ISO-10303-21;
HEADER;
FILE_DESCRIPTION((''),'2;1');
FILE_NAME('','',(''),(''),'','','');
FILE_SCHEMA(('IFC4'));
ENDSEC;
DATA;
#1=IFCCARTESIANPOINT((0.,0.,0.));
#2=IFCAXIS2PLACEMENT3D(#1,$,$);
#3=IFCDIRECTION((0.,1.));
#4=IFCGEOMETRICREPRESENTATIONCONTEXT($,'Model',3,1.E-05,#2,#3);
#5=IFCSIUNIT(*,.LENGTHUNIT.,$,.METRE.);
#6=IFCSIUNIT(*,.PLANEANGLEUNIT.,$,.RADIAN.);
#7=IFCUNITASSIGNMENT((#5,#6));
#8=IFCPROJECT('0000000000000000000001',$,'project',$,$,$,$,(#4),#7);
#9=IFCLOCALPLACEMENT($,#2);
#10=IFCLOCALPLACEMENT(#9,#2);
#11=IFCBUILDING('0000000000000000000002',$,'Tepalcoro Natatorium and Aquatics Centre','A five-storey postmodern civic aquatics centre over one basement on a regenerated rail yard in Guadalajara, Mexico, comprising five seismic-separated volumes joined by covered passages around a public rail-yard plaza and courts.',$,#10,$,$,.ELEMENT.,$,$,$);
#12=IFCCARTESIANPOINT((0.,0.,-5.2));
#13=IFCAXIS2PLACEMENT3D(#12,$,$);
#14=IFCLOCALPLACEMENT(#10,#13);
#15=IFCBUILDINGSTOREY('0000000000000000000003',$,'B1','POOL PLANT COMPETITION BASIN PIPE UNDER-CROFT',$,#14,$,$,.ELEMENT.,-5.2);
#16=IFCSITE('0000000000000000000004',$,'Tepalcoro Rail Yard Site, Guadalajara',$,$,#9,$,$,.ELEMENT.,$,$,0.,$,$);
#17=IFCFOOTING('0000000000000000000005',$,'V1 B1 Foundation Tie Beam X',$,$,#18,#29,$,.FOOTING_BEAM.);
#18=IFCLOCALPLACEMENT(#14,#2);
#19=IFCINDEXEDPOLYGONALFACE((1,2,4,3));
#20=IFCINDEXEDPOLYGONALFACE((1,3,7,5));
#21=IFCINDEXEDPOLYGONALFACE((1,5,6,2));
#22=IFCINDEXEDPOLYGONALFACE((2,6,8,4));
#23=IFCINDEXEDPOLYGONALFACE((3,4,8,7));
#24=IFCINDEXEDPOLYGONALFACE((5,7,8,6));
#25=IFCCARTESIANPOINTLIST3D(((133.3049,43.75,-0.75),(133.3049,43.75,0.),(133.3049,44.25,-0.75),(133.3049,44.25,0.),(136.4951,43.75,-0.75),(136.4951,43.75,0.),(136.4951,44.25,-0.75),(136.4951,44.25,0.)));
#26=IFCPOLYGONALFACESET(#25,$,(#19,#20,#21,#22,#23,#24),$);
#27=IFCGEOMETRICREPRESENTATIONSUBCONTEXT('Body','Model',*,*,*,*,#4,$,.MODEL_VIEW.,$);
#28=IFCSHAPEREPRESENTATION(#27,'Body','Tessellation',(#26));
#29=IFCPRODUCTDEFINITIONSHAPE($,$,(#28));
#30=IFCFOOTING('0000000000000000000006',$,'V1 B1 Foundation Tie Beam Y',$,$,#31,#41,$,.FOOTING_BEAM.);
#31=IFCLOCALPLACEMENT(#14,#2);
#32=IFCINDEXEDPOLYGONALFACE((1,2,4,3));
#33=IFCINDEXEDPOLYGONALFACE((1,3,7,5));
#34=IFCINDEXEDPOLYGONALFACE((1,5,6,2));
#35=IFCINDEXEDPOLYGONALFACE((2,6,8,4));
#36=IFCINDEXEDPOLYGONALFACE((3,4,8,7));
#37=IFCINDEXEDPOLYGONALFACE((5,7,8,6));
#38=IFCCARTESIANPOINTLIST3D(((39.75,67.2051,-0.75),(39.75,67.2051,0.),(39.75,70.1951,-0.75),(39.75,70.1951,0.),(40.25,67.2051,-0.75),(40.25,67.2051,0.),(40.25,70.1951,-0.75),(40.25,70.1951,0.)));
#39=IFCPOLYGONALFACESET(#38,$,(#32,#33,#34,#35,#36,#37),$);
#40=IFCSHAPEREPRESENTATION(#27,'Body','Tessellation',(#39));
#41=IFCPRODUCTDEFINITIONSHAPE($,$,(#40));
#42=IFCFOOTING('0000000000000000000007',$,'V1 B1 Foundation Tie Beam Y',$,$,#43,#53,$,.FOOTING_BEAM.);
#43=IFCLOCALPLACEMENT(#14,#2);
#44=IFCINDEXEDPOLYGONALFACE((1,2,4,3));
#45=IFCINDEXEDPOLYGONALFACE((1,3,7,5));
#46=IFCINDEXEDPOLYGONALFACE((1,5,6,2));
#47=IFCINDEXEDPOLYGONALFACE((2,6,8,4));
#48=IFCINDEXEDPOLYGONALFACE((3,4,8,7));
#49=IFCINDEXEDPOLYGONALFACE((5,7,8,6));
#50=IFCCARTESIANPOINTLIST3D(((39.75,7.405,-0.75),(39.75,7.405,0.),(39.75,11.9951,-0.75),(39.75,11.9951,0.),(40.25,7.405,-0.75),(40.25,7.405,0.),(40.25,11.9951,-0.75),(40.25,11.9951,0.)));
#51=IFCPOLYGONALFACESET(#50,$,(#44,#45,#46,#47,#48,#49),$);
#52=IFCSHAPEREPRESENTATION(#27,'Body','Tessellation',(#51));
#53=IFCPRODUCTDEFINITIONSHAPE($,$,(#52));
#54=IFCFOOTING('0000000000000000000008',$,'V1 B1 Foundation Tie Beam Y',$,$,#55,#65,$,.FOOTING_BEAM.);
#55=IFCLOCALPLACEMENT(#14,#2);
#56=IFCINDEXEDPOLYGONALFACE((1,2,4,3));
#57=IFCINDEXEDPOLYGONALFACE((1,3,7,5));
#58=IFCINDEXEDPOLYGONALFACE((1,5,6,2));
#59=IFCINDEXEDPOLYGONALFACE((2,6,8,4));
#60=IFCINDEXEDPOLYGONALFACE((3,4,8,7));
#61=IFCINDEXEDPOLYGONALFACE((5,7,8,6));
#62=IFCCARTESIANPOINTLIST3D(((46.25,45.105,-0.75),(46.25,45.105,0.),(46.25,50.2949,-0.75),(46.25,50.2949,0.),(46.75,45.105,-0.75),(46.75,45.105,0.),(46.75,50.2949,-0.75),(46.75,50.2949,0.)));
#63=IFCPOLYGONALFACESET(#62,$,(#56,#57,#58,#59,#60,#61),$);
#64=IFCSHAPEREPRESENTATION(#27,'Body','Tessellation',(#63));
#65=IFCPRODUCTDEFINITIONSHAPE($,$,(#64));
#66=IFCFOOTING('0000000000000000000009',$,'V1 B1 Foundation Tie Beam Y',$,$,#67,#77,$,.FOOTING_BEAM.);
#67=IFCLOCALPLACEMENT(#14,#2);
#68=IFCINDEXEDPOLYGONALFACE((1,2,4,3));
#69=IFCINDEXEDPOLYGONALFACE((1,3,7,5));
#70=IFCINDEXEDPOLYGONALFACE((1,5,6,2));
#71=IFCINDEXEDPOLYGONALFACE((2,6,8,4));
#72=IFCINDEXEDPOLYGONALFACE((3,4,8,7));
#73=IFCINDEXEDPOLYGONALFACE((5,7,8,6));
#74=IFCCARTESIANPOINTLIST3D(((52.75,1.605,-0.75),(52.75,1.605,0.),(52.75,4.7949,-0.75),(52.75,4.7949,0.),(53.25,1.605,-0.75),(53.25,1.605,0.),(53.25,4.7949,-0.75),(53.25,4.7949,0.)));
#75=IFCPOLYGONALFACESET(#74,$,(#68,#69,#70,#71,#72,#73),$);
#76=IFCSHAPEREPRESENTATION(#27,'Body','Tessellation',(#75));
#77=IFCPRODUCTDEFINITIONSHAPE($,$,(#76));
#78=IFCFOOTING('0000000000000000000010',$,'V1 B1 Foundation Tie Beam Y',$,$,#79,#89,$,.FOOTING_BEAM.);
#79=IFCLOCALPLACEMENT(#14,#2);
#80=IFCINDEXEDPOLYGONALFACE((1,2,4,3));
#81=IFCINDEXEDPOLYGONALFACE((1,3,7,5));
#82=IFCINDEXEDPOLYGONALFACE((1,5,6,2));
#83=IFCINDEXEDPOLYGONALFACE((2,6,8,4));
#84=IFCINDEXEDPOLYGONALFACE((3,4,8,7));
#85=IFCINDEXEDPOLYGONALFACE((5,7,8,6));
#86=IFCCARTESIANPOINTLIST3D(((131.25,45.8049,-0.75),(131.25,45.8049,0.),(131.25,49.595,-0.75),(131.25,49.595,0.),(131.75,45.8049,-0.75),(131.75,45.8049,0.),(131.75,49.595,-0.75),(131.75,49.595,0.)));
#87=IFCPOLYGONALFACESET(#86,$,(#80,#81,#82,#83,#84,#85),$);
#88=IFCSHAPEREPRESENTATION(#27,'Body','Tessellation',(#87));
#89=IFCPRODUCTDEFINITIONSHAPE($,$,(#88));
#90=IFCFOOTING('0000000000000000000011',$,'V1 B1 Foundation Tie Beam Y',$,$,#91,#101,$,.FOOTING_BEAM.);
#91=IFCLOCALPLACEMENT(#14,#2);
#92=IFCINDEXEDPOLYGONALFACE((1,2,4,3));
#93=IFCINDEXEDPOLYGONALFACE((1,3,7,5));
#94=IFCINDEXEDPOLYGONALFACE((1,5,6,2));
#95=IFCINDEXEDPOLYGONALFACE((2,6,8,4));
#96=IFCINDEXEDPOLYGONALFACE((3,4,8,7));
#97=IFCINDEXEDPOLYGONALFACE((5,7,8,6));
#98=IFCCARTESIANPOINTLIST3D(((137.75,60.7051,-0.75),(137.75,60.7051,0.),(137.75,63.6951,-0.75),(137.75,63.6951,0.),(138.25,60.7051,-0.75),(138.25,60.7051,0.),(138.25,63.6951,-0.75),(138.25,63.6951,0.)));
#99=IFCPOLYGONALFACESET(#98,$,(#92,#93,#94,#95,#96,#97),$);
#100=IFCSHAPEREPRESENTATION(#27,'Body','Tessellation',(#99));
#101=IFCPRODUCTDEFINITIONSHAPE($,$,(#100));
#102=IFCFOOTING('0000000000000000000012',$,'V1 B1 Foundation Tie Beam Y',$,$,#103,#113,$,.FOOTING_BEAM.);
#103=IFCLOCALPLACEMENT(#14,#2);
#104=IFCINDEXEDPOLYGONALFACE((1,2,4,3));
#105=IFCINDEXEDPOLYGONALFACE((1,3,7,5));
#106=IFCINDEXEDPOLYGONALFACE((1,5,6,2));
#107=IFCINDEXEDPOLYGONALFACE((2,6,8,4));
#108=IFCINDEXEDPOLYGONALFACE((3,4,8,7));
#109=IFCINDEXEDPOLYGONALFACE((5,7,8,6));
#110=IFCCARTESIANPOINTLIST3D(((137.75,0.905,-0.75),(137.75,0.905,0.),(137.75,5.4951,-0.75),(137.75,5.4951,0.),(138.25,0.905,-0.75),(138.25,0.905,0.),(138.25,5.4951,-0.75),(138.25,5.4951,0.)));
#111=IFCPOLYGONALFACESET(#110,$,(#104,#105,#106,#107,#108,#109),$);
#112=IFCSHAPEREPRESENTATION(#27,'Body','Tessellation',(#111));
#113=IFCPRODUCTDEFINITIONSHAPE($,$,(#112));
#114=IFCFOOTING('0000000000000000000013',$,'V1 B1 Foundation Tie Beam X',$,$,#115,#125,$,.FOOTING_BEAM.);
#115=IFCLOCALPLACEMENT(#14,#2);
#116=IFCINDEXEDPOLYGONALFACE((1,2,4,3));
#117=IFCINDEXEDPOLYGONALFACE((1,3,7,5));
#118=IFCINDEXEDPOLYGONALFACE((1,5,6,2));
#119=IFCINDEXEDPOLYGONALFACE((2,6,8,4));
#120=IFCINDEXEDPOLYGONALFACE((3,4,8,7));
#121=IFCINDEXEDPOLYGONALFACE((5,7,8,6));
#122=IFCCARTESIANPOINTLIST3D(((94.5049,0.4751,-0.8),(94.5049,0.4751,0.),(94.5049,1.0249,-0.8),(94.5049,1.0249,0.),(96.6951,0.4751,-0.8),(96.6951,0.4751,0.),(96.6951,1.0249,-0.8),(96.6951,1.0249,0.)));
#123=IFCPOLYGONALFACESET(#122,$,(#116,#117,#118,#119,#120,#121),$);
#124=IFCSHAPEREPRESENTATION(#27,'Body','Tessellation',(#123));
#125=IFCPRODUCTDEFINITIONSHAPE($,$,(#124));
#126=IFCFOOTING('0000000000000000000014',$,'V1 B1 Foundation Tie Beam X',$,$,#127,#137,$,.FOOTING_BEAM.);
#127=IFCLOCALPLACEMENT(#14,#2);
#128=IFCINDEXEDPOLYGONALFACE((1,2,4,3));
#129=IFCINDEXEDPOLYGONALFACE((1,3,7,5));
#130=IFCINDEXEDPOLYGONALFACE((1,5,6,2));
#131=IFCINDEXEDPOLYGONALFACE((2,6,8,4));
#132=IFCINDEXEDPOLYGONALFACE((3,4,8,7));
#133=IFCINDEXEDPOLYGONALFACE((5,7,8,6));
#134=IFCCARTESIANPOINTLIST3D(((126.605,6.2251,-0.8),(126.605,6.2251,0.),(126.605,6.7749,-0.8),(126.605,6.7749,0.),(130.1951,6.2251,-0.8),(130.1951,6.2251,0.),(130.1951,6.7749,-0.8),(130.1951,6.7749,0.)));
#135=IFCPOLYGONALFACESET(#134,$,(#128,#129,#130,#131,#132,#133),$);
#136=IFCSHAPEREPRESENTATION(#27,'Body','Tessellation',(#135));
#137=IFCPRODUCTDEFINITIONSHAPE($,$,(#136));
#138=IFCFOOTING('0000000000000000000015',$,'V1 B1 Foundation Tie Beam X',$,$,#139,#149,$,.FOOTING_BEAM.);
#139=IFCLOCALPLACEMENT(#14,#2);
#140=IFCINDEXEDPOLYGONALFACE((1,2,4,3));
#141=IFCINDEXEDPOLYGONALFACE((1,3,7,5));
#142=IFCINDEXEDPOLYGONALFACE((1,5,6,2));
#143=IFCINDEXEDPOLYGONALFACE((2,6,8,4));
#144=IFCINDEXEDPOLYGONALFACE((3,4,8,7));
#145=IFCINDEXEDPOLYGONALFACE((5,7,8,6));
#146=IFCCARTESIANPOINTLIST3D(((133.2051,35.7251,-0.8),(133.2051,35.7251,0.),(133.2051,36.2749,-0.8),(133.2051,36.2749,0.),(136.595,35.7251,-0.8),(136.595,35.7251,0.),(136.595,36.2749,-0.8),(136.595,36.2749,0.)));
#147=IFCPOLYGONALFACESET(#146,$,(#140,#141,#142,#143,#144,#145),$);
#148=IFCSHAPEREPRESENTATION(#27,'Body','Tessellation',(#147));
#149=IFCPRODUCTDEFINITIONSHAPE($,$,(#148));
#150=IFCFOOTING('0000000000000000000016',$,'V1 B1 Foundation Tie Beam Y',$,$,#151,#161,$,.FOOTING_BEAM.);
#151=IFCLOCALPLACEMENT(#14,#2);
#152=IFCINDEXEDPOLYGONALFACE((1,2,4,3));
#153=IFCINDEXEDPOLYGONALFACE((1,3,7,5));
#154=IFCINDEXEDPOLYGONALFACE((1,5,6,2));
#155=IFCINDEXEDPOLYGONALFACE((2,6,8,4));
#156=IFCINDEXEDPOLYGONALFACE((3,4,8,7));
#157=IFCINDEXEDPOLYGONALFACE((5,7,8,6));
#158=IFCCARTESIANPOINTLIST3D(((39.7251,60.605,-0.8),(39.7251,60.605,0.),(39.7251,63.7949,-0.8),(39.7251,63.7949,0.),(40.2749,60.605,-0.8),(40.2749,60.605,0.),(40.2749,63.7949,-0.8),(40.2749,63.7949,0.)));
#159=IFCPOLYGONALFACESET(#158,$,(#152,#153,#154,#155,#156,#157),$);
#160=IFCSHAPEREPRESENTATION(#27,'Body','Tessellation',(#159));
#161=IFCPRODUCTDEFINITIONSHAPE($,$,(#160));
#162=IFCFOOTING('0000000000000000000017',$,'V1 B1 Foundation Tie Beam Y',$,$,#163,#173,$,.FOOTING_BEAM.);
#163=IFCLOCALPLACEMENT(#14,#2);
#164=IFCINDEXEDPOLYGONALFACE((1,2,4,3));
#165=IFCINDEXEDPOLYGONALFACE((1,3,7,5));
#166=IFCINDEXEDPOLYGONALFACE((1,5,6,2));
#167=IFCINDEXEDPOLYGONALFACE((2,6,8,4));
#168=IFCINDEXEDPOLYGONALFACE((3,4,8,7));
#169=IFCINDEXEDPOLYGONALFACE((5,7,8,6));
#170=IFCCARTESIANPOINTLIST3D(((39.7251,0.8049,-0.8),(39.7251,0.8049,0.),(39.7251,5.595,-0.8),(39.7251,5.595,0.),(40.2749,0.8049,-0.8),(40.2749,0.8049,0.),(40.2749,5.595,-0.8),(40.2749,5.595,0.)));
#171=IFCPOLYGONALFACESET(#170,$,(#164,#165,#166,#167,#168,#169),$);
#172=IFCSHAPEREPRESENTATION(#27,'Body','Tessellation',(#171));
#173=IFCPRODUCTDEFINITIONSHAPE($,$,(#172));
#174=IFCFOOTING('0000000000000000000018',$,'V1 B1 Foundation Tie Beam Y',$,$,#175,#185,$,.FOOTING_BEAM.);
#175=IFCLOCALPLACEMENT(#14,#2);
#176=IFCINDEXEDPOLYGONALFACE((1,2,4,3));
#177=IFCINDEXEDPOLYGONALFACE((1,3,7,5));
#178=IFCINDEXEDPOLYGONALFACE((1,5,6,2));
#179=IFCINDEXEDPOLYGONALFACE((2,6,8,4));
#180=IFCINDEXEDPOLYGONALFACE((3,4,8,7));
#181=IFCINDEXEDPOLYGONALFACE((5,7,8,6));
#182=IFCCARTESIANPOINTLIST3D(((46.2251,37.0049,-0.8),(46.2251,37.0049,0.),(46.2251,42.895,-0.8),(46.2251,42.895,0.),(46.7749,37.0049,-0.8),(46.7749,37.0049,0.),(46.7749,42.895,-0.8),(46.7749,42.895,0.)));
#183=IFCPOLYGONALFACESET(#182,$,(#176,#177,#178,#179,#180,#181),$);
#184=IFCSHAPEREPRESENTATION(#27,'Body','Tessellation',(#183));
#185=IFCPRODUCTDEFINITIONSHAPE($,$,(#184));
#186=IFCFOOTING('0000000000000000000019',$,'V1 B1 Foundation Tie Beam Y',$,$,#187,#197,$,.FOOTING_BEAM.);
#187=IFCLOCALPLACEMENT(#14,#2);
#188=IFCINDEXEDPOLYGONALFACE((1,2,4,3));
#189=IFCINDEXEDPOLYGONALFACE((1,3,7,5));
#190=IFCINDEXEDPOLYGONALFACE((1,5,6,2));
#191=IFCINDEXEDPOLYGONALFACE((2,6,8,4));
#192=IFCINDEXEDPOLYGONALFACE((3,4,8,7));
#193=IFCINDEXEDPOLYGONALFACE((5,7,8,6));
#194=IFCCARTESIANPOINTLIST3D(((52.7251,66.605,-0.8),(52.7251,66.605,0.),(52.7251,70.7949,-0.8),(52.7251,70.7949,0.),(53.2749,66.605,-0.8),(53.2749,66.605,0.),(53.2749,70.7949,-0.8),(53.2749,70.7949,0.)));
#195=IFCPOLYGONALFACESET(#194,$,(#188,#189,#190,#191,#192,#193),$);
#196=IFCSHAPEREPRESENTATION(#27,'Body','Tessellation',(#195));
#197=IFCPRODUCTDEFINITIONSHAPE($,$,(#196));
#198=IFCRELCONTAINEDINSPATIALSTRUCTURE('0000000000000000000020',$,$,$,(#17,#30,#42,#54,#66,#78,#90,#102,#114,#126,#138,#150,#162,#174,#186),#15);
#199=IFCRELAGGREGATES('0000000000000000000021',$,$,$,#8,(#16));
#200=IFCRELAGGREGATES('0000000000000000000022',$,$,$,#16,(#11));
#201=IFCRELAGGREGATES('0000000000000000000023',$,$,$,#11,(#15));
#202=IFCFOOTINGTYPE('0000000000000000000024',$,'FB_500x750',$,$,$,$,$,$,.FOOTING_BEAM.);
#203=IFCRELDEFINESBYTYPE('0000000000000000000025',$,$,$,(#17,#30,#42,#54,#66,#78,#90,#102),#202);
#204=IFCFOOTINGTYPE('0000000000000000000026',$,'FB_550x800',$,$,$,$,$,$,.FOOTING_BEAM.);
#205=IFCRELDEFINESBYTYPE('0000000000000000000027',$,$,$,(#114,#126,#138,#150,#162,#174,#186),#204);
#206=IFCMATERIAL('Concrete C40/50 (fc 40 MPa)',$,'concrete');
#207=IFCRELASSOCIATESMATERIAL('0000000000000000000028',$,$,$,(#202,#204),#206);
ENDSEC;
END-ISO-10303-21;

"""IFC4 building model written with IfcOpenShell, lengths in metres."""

from ifc_helpers import new_model, si_unit, direction, frame, origin, place, context, subcontext, project, spatial, polyline, outline, extrude, material, type_object, element, save


model = new_model("IFC4")

# Units and contexts
model_context = context("Model", 3, precision=1e-05, world=origin(), true_north=direction((0.0, 1.0)))
body_context = subcontext(model_context, "Body", "Model", "MODEL_VIEW")
ifc_project = project(units=[si_unit("LENGTHUNIT", "METRE"), si_unit("PLANEANGLEUNIT", "RADIAN")], contexts=[model_context])

# Site, building, storey
site_placement = place(None, origin())
site = spatial("IfcSite", under=ifc_project, at=site_placement, Name="Tepalcoro Rail Yard Site, Guadalajara", CompositionType="ELEMENT", RefElevation=0.0)
building_placement = place(site_placement, origin())
building = spatial("IfcBuilding", under=site, at=building_placement, Name="Tepalcoro Natatorium and Aquatics Centre", Description="A five-storey postmodern civic aquatics centre over one basement on a regenerated rail yard in Guadalajara, Mexico, comprising five seismic-separated volumes joined by covered passages around a public rail-yard plaza and courts.", CompositionType="ELEMENT")
storey_placement = place(building_placement, frame((0.0, 0.0, -5.2)))
storey = spatial("IfcBuildingStorey", under=building, at=storey_placement, Name="B1", Description="POOL PLANT COMPETITION BASIN PIPE UNDER-CROFT", CompositionType="ELEMENT", Elevation=-5.2)

# Footings
ifc_material = material(Name="Concrete C40/50 (fc 40 MPa)", Category="concrete")
footing_type_1 = type_object("IfcFootingType", Name="FB_500x750", PredefinedType="FOOTING_BEAM", material=ifc_material)
footing_1_placement = place(storey_placement, frame((0.0, 0.0, -0.75)))
element("IfcFooting", 1, at=footing_1_placement, inside=storey, type_object=footing_type_1, Name="V1 B1 Foundation Tie Beam X", PredefinedType="FOOTING_BEAM", context=body_context, shape_type="SweptSolid", body=[
    extrude(outline(polyline([(133.3049, 43.75), (136.4951, 43.75), (136.4951, 44.25), (133.3049, 44.25), (133.3049, 43.75)])), origin(), (0.0, 0.0, 1.0), 0.75),
])
footing_2_placement = place(storey_placement, frame((0.0, 0.0, -0.75)))
element("IfcFooting", 2, at=footing_2_placement, inside=storey, type_object=footing_type_1, Name="V1 B1 Foundation Tie Beam Y", PredefinedType="FOOTING_BEAM", context=body_context, shape_type="SweptSolid", body=[
    extrude(outline(polyline([(40.25, 67.2051), (40.25, 70.1951), (39.75, 70.1951), (39.75, 67.2051), (40.25, 67.2051)])), origin(), (0.0, 0.0, 1.0), 0.75),
])
footing_3_placement = place(storey_placement, frame((0.0, 0.0, -0.75)))
element("IfcFooting", 3, at=footing_3_placement, inside=storey, type_object=footing_type_1, Name="V1 B1 Foundation Tie Beam Y", PredefinedType="FOOTING_BEAM", context=body_context, shape_type="SweptSolid", body=[
    extrude(outline(polyline([(40.25, 7.405), (40.25, 11.9951), (39.75, 11.9951), (39.75, 7.405), (40.25, 7.405)])), origin(), (0.0, 0.0, 1.0), 0.75),
])
footing_4_placement = place(storey_placement, frame((0.0, 0.0, -0.75)))
element("IfcFooting", 4, at=footing_4_placement, inside=storey, type_object=footing_type_1, Name="V1 B1 Foundation Tie Beam Y", PredefinedType="FOOTING_BEAM", context=body_context, shape_type="SweptSolid", body=[
    extrude(outline(polyline([(46.75, 45.105), (46.75, 50.2949), (46.25, 50.2949), (46.25, 45.105), (46.75, 45.105)])), origin(), (0.0, 0.0, 1.0), 0.75),
])
footing_5_placement = place(storey_placement, frame((0.0, 0.0, -0.75)))
element("IfcFooting", 5, at=footing_5_placement, inside=storey, type_object=footing_type_1, Name="V1 B1 Foundation Tie Beam Y", PredefinedType="FOOTING_BEAM", context=body_context, shape_type="SweptSolid", body=[
    extrude(outline(polyline([(53.25, 1.605), (53.25, 4.7949), (52.75, 4.7949), (52.75, 1.605), (53.25, 1.605)])), origin(), (0.0, 0.0, 1.0), 0.75),
])
footing_6_placement = place(storey_placement, frame((0.0, 0.0, -0.75)))
element("IfcFooting", 6, at=footing_6_placement, inside=storey, type_object=footing_type_1, Name="V1 B1 Foundation Tie Beam Y", PredefinedType="FOOTING_BEAM", context=body_context, shape_type="SweptSolid", body=[
    extrude(outline(polyline([(131.75, 45.8049), (131.75, 49.595), (131.25, 49.595), (131.25, 45.8049), (131.75, 45.8049)])), origin(), (0.0, 0.0, 1.0), 0.75),
])
footing_7_placement = place(storey_placement, frame((0.0, 0.0, -0.75)))
element("IfcFooting", 7, at=footing_7_placement, inside=storey, type_object=footing_type_1, Name="V1 B1 Foundation Tie Beam Y", PredefinedType="FOOTING_BEAM", context=body_context, shape_type="SweptSolid", body=[
    extrude(outline(polyline([(138.25, 60.7051), (138.25, 63.6951), (137.75, 63.6951), (137.75, 60.7051), (138.25, 60.7051)])), origin(), (0.0, 0.0, 1.0), 0.75),
])
footing_8_placement = place(storey_placement, frame((0.0, 0.0, -0.75)))
element("IfcFooting", 8, at=footing_8_placement, inside=storey, type_object=footing_type_1, Name="V1 B1 Foundation Tie Beam Y", PredefinedType="FOOTING_BEAM", context=body_context, shape_type="SweptSolid", body=[
    extrude(outline(polyline([(138.25, 0.905), (138.25, 5.4951), (137.75, 5.4951), (137.75, 0.905), (138.25, 0.905)])), origin(), (0.0, 0.0, 1.0), 0.75),
])
footing_type_2 = type_object("IfcFootingType", Name="FB_550x800", PredefinedType="FOOTING_BEAM", material=ifc_material)
footing_9_placement = place(storey_placement, frame((0.0, 0.0, -0.8)))
element("IfcFooting", 9, at=footing_9_placement, inside=storey, type_object=footing_type_2, Name="V1 B1 Foundation Tie Beam X", PredefinedType="FOOTING_BEAM", context=body_context, shape_type="SweptSolid", body=[
    extrude(outline(polyline([(94.5049, 0.4751), (96.6951, 0.4751), (96.6951, 1.0249), (94.5049, 1.0249), (94.5049, 0.4751)])), origin(), (0.0, 0.0, 1.0), 0.8),
])
footing_10_placement = place(storey_placement, frame((0.0, 0.0, -0.8)))
element("IfcFooting", 10, at=footing_10_placement, inside=storey, type_object=footing_type_2, Name="V1 B1 Foundation Tie Beam X", PredefinedType="FOOTING_BEAM", context=body_context, shape_type="SweptSolid", body=[
    extrude(outline(polyline([(126.605, 6.2251), (130.1951, 6.2251), (130.1951, 6.7749), (126.605, 6.7749), (126.605, 6.2251)])), origin(), (0.0, 0.0, 1.0), 0.8),
])
footing_11_placement = place(storey_placement, frame((0.0, 0.0, -0.8)))
element("IfcFooting", 11, at=footing_11_placement, inside=storey, type_object=footing_type_2, Name="V1 B1 Foundation Tie Beam X", PredefinedType="FOOTING_BEAM", context=body_context, shape_type="SweptSolid", body=[
    extrude(outline(polyline([(133.2051, 35.7251), (136.595, 35.7251), (136.595, 36.2749), (133.2051, 36.2749), (133.2051, 35.7251)])), origin(), (0.0, 0.0, 1.0), 0.8),
])
footing_12_placement = place(storey_placement, frame((0.0, 0.0, -0.8)))
element("IfcFooting", 12, at=footing_12_placement, inside=storey, type_object=footing_type_2, Name="V1 B1 Foundation Tie Beam Y", PredefinedType="FOOTING_BEAM", context=body_context, shape_type="SweptSolid", body=[
    extrude(outline(polyline([(40.2749, 60.605), (40.2749, 63.7949), (39.7251, 63.7949), (39.7251, 60.605), (40.2749, 60.605)])), origin(), (0.0, 0.0, 1.0), 0.8),
])
footing_13_placement = place(storey_placement, frame((0.0, 0.0, -0.8)))
element("IfcFooting", 13, at=footing_13_placement, inside=storey, type_object=footing_type_2, Name="V1 B1 Foundation Tie Beam Y", PredefinedType="FOOTING_BEAM", context=body_context, shape_type="SweptSolid", body=[
    extrude(outline(polyline([(40.2749, 0.8049), (40.2749, 5.595), (39.7251, 5.595), (39.7251, 0.8049), (40.2749, 0.8049)])), origin(), (0.0, 0.0, 1.0), 0.8),
])
footing_14_placement = place(storey_placement, frame((0.0, 0.0, -0.8)))
element("IfcFooting", 14, at=footing_14_placement, inside=storey, type_object=footing_type_2, Name="V1 B1 Foundation Tie Beam Y", PredefinedType="FOOTING_BEAM", context=body_context, shape_type="SweptSolid", body=[
    extrude(outline(polyline([(46.7749, 37.0049), (46.7749, 42.895), (46.2251, 42.895), (46.2251, 37.0049), (46.7749, 37.0049)])), origin(), (0.0, 0.0, 1.0), 0.8),
])
footing_15_placement = place(storey_placement, frame((0.0, 0.0, -0.8)))
element("IfcFooting", 15, at=footing_15_placement, inside=storey, type_object=footing_type_2, Name="V1 B1 Foundation Tie Beam Y", PredefinedType="FOOTING_BEAM", context=body_context, shape_type="SweptSolid", body=[
    extrude(outline(polyline([(53.2749, 66.605), (53.2749, 70.7949), (52.7251, 70.7949), (52.7251, 66.605), (53.2749, 66.605)])), origin(), (0.0, 0.0, 1.0), 0.8),
])

save(model, "model.ifc")
